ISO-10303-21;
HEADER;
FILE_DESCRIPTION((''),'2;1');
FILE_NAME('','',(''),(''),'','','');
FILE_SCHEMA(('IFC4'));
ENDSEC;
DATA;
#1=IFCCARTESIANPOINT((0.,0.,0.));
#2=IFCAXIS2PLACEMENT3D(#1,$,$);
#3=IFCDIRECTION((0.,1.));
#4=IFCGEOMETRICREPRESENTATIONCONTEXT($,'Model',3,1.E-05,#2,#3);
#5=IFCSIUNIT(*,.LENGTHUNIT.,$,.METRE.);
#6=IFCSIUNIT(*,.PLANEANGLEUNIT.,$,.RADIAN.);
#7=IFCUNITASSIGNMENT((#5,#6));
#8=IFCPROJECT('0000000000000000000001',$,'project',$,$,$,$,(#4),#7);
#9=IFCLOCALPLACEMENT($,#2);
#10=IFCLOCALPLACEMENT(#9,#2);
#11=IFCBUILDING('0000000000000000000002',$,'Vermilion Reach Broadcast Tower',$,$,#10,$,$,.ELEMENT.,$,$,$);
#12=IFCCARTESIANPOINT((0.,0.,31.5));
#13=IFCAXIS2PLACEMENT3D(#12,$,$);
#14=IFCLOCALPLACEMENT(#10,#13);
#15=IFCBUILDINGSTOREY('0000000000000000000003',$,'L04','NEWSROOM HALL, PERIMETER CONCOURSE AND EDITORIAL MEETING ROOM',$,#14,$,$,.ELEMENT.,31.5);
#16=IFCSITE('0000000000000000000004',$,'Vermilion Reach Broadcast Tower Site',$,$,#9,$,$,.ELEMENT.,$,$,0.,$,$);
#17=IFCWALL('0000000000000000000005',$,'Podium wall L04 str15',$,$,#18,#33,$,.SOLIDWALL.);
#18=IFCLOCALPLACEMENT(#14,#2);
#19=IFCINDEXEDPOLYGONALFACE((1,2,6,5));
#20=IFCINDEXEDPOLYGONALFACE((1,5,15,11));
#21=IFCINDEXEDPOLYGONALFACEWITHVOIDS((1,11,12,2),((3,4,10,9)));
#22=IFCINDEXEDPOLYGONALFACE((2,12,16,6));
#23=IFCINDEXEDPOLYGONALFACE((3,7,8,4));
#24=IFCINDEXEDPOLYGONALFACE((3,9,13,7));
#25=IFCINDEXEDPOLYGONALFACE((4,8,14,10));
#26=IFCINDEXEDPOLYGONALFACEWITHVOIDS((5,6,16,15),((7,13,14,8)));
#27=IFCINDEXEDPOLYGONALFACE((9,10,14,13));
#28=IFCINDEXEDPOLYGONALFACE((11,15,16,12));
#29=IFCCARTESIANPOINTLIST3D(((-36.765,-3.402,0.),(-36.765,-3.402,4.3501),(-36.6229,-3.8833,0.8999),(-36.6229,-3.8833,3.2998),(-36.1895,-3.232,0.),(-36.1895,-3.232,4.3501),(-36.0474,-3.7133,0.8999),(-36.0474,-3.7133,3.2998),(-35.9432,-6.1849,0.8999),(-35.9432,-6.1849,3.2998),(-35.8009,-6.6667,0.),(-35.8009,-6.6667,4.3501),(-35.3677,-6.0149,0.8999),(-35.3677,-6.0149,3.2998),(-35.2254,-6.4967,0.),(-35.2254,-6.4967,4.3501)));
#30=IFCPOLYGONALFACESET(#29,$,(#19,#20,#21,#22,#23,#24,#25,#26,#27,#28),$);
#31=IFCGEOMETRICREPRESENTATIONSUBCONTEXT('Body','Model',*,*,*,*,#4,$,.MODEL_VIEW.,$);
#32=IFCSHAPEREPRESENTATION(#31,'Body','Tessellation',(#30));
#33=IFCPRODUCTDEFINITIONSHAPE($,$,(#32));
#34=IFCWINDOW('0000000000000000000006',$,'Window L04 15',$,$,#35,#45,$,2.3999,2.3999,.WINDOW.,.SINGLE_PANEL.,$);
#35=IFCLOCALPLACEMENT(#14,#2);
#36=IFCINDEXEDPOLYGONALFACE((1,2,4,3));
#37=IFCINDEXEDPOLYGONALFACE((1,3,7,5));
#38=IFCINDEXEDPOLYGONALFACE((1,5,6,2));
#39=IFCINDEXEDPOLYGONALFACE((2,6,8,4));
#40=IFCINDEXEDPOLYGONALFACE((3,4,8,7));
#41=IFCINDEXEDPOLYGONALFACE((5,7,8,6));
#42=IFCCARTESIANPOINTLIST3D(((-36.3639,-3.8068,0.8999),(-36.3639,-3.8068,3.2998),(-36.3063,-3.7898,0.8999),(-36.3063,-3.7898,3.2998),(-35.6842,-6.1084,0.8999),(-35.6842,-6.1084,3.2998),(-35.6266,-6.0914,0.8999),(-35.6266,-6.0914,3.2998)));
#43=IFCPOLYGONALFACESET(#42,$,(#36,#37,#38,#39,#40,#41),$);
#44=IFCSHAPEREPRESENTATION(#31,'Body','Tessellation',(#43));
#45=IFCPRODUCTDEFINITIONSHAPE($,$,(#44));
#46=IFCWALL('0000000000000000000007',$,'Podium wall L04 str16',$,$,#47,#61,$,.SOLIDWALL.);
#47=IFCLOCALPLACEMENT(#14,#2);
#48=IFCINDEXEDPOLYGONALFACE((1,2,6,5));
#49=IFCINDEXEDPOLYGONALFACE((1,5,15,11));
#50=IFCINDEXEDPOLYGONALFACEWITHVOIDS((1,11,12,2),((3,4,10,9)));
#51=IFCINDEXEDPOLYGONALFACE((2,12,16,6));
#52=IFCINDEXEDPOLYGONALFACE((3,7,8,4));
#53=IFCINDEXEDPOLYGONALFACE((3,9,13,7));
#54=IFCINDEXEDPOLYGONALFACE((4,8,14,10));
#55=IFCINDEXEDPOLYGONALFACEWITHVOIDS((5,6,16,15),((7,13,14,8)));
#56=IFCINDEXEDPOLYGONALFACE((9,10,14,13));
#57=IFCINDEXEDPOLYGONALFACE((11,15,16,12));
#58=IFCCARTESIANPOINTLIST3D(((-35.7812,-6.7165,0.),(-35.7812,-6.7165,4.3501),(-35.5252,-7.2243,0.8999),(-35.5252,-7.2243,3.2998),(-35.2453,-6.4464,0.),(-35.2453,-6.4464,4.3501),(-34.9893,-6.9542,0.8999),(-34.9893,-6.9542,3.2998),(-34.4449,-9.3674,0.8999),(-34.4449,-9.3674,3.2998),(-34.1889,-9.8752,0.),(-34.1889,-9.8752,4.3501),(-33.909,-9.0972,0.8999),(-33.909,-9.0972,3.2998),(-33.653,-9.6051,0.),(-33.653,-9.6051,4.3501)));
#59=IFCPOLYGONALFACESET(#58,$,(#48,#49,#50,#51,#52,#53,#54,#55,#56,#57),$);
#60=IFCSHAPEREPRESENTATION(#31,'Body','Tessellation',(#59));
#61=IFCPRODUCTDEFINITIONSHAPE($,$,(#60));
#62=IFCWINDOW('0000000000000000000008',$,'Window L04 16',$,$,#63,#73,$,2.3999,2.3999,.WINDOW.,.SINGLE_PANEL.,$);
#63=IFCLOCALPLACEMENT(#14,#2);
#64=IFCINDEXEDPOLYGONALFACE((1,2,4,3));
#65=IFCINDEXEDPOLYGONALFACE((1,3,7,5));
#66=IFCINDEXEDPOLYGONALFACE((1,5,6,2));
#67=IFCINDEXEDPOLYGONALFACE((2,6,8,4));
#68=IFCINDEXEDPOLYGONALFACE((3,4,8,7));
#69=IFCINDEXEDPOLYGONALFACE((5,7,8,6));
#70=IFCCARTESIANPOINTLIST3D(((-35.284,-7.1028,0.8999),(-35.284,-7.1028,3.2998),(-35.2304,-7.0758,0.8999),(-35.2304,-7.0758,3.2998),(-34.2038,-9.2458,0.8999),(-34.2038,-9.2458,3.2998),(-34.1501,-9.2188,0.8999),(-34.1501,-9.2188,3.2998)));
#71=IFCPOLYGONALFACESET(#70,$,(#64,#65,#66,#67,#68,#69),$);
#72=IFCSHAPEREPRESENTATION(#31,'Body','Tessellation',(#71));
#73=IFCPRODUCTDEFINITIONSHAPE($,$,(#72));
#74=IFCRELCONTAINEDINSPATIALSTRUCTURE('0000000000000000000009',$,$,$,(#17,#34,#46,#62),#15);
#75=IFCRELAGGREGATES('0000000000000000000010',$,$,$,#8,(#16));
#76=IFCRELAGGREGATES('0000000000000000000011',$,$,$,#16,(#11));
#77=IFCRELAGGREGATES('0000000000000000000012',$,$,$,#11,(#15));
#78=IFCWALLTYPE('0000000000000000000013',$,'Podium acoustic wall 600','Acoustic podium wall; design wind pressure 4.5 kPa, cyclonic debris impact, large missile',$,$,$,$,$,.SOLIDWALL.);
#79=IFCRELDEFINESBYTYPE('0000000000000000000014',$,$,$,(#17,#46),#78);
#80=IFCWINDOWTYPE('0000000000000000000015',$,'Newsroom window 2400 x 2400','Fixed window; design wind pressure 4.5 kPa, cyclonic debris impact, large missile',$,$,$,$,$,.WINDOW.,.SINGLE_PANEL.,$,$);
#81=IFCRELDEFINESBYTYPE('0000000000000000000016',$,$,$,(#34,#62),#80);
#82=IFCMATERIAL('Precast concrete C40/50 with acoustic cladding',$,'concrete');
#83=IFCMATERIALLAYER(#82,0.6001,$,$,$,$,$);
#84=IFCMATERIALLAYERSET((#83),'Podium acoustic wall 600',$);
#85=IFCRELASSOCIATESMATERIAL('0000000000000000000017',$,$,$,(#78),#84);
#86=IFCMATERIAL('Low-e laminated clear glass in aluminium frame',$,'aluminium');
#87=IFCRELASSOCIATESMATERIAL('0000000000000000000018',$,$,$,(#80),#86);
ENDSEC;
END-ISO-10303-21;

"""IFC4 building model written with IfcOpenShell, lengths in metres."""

from ifc_helpers import new_model, si_unit, direction, frame, frame_2d, origin, place, context, subcontext, project, spatial, rectangle, extrude, material, layer, layer_set, type_object, element, fill, save


model = new_model("IFC4")

# Units and contexts
model_context = context("Model", 3, precision=1e-05, world=origin(), true_north=direction((0.0, 1.0)))
body_context = subcontext(model_context, "Body", "Model", "MODEL_VIEW")
ifc_project = project(units=[si_unit("LENGTHUNIT", "METRE"), si_unit("PLANEANGLEUNIT", "RADIAN")], contexts=[model_context])

# Site, building, storey
site_placement = place(None, origin())
site = spatial("IfcSite", under=ifc_project, at=site_placement, Name="Vermilion Reach Broadcast Tower Site", CompositionType="ELEMENT", RefElevation=0.0)
building_placement = place(site_placement, origin())
building = spatial("IfcBuilding", under=site, at=building_placement, Name="Vermilion Reach Broadcast Tower", CompositionType="ELEMENT")
storey_placement = place(building_placement, frame((0.0, 0.0, 31.5)))
storey = spatial("IfcBuildingStorey", under=building, at=storey_placement, Name="L04", Description="NEWSROOM HALL, PERIMETER CONCOURSE AND EDITORIAL MEETING ROOM", CompositionType="ELEMENT", Elevation=31.5)

# Walls, openings, windows
ifc_material_1 = material(Name="Precast concrete C40/50 with acoustic cladding", Category="concrete")
ifc_layer_1 = layer(ifc_material_1, 0.6001)
ifc_layer_set_1 = layer_set([ifc_layer_1], Name="Podium acoustic wall 600")
wall_type_1 = type_object("IfcWallType", Name="Podium acoustic wall 600", Description="Acoustic podium wall; design wind pressure 4.5 kPa, cyclonic debris impact, large missile", PredefinedType="SOLIDWALL", material=ifc_layer_set_1)
ifc_material_2 = material(Name="Low-e laminated clear glass in aluminium frame", Category="aluminium")
window_type = type_object("IfcWindowType", Name="Newsroom window 2400 x 2400", Description="Fixed window; design wind pressure 4.5 kPa, cyclonic debris impact, large missile", PartitioningType="SINGLE_PANEL", PredefinedType="WINDOW", material=ifc_material_2)
wall_1_placement = place(storey_placement, frame((-36.4773, -3.3169, 0.0), z_axis=(0.0, 0.0, 1.0), x_axis=(0.283226, -0.959053, 0.0)))
wall_1 = element("IfcWall", 1, at=wall_1_placement, inside=storey, type_object=wall_type_1, Name="Podium wall L04 str15", PredefinedType="SOLIDWALL", context=body_context, shape_type="SweptSolid", body=[
    extrude(rectangle(XDim=3.4041, YDim=0.6001, at=frame_2d((1.7021, 0.0))), origin(), (0.0, 0.0, 1.0), 4.3501),
])
opening_1_placement = place(wall_1_placement, frame((0.502, 0.0, 0.8999)))
opening_1 = element("IfcOpeningElement", 2, at=opening_1_placement, cuts=wall_1, PredefinedType="OPENING", context=body_context, shape_type="SweptSolid", body=[
    extrude(rectangle(XDim=2.3999, YDim=2.3999, at=frame_2d((1.2, 1.2))), frame((0.0, 0.3101, 0.0), z_axis=(0.0, -1.0, 0.0), x_axis=(1.0, 0.0, 0.0)), (0.0, 0.0, 1.0), 0.6201),
])
window_1_placement = place(opening_1_placement, origin())
window_1 = element("IfcWindow", 3, at=window_1_placement, inside=storey, type_object=window_type, Name="Window L04 15", OverallHeight=2.3999, OverallWidth=2.3999, PartitioningType="SINGLE_PANEL", PredefinedType="WINDOW", context=body_context, shape_type="SweptSolid", body=[
    extrude(rectangle(XDim=2.3999, YDim=2.3999, at=frame_2d((1.2, 1.2))), frame((0.0, 0.03, 0.0), z_axis=(0.0, -1.0, 0.0), x_axis=(1.0, 0.0, 0.0)), (0.0, 0.0, 1.0), 0.0601),
])
fill(opening_1, window_1)
wall_2_placement = place(storey_placement, frame((-35.5132, -6.5815, 0.0), z_axis=(0.0, 0.0, 1.0), x_axis=(0.450138, -0.892959, 0.0)))
wall_2 = element("IfcWall", 4, at=wall_2_placement, inside=storey, type_object=wall_type_1, Name="Podium wall L04 str16", PredefinedType="SOLIDWALL", context=body_context, shape_type="SweptSolid", body=[
    extrude(rectangle(XDim=3.5374, YDim=0.6001, at=frame_2d((1.7686, 0.0))), origin(), (0.0, 0.0, 1.0), 4.3501),
])
opening_2_placement = place(wall_2_placement, frame((0.5686, 0.0, 0.8999)))
opening_2 = element("IfcOpeningElement", 5, at=opening_2_placement, cuts=wall_2, PredefinedType="OPENING", context=body_context, shape_type="SweptSolid", body=[
    extrude(rectangle(XDim=2.3999, YDim=2.3999, at=frame_2d((1.2, 1.2))), frame((0.0, 0.3101, 0.0), z_axis=(0.0, -1.0, 0.0), x_axis=(1.0, 0.0, 0.0)), (0.0, 0.0, 1.0), 0.6201),
])
window_2_placement = place(opening_2_placement, origin())
window_2 = element("IfcWindow", 6, at=window_2_placement, inside=storey, type_object=window_type, Name="Window L04 16", OverallHeight=2.3999, OverallWidth=2.3999, PartitioningType="SINGLE_PANEL", PredefinedType="WINDOW", context=body_context, shape_type="SweptSolid", body=[
    extrude(rectangle(XDim=2.3999, YDim=2.3999, at=frame_2d((1.2, 1.2))), frame((0.0, 0.03, 0.0), z_axis=(0.0, -1.0, 0.0), x_axis=(1.0, 0.0, 0.0)), (0.0, 0.0, 1.0), 0.0601),
])
fill(opening_2, window_2)

save(model, "model.ifc")
